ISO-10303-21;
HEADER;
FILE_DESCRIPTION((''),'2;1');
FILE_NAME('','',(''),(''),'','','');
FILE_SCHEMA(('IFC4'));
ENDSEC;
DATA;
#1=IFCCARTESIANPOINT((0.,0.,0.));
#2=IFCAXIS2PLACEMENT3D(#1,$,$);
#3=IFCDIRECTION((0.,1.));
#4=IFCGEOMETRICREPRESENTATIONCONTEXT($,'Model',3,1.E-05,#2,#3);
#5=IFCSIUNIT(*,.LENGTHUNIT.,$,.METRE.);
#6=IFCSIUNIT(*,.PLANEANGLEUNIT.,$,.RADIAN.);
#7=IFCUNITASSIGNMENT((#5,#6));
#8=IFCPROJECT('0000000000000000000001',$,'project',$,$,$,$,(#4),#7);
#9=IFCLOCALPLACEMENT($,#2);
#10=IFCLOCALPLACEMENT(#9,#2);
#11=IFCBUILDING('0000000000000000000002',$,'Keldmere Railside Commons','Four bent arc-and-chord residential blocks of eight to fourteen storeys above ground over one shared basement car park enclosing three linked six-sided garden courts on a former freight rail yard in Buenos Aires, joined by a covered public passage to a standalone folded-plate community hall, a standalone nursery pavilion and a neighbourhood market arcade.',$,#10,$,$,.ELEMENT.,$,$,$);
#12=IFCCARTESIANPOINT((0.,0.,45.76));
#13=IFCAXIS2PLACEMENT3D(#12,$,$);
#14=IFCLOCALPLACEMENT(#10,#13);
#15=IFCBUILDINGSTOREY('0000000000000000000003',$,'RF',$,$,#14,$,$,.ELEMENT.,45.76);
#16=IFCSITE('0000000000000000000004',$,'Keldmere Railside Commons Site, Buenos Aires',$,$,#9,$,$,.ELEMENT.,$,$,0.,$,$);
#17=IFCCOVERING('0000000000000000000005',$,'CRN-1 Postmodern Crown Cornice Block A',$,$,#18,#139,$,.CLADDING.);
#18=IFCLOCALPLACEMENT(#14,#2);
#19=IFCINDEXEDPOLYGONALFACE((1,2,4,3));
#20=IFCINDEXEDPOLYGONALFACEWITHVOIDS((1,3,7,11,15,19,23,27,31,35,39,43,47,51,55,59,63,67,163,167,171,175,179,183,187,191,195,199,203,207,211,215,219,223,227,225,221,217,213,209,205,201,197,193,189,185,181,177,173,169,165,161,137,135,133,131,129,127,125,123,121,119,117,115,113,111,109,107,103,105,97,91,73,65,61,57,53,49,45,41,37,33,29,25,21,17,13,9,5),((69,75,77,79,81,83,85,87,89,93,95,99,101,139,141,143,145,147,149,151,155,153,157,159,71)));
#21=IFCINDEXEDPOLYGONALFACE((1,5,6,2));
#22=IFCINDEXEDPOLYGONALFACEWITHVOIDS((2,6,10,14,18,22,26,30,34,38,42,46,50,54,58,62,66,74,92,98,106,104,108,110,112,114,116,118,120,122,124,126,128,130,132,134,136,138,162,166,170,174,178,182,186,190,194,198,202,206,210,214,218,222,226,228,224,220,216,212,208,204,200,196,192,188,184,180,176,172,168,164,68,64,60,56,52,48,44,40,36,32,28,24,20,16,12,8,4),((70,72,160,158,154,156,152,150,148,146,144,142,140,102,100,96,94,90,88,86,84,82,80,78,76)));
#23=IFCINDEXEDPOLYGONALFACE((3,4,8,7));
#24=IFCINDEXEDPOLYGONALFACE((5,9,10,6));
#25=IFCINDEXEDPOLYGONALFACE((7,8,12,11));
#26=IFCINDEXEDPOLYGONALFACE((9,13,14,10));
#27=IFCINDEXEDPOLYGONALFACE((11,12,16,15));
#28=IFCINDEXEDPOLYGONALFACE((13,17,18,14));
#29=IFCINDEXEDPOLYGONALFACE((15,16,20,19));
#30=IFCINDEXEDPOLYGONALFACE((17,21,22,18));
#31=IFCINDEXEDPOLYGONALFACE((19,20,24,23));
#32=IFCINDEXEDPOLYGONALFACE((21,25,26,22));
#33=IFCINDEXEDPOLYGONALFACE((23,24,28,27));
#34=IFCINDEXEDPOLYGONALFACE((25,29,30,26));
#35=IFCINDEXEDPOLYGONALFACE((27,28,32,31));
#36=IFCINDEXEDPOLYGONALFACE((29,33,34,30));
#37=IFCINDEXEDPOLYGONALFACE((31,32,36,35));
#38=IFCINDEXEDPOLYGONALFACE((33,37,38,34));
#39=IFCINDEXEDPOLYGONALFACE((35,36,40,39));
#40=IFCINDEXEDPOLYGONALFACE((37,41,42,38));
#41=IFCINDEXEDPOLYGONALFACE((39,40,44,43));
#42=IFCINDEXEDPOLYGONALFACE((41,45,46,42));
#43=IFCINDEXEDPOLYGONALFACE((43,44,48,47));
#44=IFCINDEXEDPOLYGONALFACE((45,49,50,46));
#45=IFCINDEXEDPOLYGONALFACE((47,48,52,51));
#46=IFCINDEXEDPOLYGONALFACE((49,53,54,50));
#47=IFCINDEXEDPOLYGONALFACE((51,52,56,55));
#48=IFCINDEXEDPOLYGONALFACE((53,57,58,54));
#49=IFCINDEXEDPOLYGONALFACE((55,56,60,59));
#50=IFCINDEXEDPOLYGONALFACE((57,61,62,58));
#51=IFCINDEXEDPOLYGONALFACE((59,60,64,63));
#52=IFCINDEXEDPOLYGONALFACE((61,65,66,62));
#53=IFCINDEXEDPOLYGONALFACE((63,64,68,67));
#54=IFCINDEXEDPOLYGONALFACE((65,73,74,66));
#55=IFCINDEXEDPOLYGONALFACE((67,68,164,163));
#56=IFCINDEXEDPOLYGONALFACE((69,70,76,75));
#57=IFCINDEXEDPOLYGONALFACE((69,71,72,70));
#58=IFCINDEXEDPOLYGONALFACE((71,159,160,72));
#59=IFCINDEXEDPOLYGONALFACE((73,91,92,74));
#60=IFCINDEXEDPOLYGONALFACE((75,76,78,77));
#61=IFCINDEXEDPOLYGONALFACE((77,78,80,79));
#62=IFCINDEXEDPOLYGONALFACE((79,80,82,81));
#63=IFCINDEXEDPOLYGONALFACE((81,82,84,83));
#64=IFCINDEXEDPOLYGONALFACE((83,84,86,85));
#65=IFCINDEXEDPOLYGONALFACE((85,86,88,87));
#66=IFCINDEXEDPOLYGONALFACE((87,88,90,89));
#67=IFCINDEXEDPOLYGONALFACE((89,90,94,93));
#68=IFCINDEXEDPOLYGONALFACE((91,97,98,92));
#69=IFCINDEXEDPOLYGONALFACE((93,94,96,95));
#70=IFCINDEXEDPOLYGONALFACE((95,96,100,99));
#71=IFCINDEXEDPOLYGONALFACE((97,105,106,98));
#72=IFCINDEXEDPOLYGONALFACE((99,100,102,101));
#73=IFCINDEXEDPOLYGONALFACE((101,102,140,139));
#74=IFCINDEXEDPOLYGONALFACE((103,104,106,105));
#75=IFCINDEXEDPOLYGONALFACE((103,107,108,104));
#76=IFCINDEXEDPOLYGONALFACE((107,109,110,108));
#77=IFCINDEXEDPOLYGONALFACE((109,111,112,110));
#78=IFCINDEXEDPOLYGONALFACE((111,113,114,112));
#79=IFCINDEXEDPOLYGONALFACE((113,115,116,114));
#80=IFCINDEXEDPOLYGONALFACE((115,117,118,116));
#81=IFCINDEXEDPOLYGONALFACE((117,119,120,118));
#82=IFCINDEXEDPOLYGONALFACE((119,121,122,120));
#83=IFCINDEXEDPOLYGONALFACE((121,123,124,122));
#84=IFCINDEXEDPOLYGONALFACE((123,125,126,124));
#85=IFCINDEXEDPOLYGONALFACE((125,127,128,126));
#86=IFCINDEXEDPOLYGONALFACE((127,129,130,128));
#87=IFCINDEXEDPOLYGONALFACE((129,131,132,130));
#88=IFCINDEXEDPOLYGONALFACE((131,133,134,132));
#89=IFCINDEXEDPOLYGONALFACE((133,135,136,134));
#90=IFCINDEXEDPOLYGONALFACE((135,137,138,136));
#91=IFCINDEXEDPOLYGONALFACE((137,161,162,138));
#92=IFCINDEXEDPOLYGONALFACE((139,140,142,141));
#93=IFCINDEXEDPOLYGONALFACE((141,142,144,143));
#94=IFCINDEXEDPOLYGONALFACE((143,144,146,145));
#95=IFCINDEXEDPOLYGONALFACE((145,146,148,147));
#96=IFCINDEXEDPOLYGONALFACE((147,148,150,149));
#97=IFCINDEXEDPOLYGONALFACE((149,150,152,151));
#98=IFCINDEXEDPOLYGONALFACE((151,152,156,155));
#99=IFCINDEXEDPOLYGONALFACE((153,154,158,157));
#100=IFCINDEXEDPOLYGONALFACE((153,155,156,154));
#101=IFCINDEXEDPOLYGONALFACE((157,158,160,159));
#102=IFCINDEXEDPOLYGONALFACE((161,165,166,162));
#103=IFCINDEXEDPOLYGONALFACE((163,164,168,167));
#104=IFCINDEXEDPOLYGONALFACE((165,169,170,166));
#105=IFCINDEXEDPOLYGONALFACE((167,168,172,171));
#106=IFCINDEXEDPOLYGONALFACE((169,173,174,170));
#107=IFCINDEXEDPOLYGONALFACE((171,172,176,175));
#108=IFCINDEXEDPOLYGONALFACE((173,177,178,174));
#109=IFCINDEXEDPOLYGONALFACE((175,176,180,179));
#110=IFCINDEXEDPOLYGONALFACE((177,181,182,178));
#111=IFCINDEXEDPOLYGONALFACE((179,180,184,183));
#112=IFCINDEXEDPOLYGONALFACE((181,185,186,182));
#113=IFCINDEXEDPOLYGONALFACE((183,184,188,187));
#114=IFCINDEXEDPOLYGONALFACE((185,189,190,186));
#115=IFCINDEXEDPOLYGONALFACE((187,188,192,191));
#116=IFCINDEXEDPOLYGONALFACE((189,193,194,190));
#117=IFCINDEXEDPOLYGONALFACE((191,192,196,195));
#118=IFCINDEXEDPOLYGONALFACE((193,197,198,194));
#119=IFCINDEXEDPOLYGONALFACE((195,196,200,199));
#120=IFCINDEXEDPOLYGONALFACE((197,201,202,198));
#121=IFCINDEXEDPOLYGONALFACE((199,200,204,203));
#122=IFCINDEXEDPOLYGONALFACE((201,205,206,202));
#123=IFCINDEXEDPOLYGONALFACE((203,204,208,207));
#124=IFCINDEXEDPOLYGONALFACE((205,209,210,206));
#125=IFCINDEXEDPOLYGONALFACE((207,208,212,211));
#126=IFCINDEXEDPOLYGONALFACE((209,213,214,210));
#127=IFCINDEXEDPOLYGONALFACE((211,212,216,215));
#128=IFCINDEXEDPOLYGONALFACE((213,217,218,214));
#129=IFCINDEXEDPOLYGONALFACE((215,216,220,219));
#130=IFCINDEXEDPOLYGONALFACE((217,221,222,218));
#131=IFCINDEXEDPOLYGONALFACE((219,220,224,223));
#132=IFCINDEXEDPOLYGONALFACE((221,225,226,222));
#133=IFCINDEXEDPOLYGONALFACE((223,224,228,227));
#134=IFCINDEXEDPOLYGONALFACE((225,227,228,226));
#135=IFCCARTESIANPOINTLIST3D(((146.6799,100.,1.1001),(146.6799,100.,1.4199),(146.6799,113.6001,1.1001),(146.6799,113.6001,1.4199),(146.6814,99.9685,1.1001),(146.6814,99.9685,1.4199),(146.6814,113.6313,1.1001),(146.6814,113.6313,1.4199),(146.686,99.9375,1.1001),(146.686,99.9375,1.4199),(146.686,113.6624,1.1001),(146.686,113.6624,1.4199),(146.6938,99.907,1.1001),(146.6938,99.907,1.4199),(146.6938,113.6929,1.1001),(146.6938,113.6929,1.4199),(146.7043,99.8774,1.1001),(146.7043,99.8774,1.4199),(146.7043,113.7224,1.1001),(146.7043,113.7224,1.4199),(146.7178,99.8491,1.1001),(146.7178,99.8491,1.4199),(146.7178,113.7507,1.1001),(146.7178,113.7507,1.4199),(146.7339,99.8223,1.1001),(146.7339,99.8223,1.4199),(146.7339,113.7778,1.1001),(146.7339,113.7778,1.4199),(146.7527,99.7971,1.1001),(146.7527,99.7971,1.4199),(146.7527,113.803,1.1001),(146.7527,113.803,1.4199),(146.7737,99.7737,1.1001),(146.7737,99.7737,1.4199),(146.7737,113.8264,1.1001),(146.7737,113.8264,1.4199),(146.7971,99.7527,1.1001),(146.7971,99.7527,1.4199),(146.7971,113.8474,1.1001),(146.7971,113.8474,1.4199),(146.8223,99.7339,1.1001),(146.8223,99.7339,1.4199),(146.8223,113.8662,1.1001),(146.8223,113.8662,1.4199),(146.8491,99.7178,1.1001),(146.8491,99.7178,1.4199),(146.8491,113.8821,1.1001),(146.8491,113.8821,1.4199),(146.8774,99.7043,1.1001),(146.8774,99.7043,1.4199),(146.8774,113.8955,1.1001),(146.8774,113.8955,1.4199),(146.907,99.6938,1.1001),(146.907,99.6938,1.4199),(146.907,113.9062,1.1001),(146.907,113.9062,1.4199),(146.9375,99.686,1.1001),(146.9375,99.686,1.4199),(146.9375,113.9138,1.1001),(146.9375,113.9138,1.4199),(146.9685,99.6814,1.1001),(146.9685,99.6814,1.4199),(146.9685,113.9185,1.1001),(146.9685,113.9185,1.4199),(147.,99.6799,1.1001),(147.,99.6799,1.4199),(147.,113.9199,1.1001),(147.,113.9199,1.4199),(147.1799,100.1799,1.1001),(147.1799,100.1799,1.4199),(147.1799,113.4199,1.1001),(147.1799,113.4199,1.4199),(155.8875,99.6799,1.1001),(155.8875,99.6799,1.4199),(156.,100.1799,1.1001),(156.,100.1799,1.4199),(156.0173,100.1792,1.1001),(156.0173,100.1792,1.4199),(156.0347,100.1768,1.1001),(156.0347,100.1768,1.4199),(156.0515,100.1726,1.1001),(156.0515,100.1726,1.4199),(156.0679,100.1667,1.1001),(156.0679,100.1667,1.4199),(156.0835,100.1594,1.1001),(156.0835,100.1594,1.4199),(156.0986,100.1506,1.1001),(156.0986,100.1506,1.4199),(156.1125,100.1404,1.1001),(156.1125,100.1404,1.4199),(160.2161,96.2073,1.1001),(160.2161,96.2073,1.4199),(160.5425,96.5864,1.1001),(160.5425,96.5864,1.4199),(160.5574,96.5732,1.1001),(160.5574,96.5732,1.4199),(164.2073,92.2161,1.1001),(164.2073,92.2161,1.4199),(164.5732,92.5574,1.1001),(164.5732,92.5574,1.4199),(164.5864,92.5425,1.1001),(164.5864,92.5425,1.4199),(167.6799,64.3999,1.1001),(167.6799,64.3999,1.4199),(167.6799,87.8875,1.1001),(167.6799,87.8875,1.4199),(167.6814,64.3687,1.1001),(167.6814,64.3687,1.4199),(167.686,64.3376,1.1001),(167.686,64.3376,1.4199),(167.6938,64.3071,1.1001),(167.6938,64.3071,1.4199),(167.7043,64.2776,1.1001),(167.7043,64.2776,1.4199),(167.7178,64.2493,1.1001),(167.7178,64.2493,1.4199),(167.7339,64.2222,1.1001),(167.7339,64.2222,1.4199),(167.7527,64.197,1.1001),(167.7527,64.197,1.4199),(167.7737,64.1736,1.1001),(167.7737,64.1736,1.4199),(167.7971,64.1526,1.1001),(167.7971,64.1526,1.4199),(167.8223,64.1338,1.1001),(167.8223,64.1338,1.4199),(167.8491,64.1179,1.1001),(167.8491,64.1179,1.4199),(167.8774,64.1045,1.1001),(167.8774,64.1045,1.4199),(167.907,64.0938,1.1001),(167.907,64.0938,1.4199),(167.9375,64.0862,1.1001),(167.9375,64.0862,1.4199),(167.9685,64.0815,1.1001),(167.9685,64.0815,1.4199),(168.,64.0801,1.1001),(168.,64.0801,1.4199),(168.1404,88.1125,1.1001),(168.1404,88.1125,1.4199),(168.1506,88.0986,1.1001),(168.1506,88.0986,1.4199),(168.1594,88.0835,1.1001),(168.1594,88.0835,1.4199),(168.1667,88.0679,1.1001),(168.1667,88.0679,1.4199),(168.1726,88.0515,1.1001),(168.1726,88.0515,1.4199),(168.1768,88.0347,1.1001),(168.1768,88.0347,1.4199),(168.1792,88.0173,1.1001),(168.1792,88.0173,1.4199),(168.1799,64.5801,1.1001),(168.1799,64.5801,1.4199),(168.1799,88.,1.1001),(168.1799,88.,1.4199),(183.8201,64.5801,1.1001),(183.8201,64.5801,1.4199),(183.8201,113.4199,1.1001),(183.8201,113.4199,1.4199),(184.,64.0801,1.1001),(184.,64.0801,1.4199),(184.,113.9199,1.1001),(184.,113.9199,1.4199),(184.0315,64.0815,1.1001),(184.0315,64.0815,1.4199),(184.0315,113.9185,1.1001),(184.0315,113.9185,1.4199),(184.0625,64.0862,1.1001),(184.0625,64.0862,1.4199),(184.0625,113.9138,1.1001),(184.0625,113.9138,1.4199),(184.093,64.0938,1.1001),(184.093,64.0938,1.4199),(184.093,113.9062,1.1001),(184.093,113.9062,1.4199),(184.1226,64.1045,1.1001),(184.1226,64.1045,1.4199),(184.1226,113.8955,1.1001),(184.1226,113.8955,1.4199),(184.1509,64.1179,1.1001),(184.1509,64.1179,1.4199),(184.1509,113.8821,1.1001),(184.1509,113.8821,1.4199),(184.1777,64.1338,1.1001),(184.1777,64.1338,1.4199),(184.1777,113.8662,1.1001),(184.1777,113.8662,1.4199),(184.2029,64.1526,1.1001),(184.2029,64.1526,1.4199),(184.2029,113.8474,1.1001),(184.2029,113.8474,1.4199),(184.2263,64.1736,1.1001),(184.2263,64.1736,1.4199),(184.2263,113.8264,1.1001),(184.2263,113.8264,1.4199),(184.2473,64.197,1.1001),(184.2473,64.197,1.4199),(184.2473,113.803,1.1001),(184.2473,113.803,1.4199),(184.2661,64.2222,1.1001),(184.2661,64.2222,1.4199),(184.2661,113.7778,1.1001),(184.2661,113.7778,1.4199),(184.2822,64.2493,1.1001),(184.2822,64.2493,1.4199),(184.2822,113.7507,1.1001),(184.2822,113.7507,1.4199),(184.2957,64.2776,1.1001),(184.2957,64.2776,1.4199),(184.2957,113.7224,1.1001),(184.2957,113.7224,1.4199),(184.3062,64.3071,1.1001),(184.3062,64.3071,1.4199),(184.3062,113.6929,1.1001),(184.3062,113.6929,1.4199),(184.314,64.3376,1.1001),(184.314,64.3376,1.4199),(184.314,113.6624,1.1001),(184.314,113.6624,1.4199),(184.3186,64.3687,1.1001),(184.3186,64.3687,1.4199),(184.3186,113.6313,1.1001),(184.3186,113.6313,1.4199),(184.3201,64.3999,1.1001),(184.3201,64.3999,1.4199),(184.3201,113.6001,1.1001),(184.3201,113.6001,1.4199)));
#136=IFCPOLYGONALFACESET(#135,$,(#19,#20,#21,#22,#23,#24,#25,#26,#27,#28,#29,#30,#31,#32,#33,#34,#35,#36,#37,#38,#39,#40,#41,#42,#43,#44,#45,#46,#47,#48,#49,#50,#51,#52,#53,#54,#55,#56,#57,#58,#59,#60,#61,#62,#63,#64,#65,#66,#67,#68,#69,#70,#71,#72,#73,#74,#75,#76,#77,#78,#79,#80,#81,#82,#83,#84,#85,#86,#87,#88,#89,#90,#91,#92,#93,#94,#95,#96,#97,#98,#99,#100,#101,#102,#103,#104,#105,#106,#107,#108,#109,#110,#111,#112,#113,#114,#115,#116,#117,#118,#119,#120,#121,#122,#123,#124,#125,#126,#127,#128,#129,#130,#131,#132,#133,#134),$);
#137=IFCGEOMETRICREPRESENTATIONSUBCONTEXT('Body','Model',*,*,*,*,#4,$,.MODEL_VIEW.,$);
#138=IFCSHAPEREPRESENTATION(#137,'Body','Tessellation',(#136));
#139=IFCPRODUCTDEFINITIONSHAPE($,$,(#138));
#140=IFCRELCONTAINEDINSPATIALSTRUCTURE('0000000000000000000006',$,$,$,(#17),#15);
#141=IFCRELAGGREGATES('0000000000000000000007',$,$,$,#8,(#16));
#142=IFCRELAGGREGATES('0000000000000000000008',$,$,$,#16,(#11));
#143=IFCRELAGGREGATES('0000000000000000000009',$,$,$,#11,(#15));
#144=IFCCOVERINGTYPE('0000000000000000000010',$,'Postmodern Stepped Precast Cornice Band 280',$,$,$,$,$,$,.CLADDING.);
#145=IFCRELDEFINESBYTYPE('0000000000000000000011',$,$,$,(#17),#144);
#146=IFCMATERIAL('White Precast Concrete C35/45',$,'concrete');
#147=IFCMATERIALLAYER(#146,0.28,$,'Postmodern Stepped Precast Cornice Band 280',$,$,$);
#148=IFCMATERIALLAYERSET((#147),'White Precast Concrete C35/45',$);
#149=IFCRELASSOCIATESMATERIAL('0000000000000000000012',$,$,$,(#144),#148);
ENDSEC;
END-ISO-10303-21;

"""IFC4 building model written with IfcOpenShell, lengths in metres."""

from ifc_helpers import new_model, si_unit, direction, frame, origin, place, context, subcontext, project, spatial, polyline, outline, extrude, material, layer, layer_set, type_object, element, save


model = new_model("IFC4")

# Units and contexts
model_context = context("Model", 3, precision=1e-05, world=origin(), true_north=direction((0.0, 1.0)))
body_context = subcontext(model_context, "Body", "Model", "MODEL_VIEW")
ifc_project = project(units=[si_unit("LENGTHUNIT", "METRE"), si_unit("PLANEANGLEUNIT", "RADIAN")], contexts=[model_context])

# Site, building, storey
site_placement = place(None, origin())
site = spatial("IfcSite", under=ifc_project, at=site_placement, Name="Keldmere Railside Commons Site, Buenos Aires", CompositionType="ELEMENT", RefElevation=0.0)
building_placement = place(site_placement, origin())
building = spatial("IfcBuilding", under=site, at=building_placement, Name="Keldmere Railside Commons", Description="Four bent arc-and-chord residential blocks of eight to fourteen storeys above ground over one shared basement car park enclosing three linked six-sided garden courts on a former freight rail yard in Buenos Aires, joined by a covered public passage to a standalone folded-plate community hall, a standalone nursery pavilion and a neighbourhood market arcade.", CompositionType="ELEMENT")
storey_placement = place(building_placement, frame((0.0, 0.0, 45.76)))
storey = spatial("IfcBuildingStorey", under=building, at=storey_placement, Name="RF", CompositionType="ELEMENT", Elevation=45.76)

# Covering
ifc_material_1 = material(Name="White Precast Concrete C35/45", Category="concrete")
ifc_layer_1 = layer(ifc_material_1, 0.28, Name="Postmodern Stepped Precast Cornice Band 280")
ifc_layer_set_1 = layer_set([ifc_layer_1], Name="White Precast Concrete C35/45")
covering_type_1 = type_object("IfcCoveringType", Name="Postmodern Stepped Precast Cornice Band 280", PredefinedType="CLADDING", material=ifc_layer_set_1)
covering_1_placement = place(storey_placement, frame((0.0, 0.0, 1.1001)))
element("IfcCovering", 1, at=covering_1_placement, inside=storey, type_object=covering_type_1, Name="CRN-1 Postmodern Crown Cornice Block A", PredefinedType="CLADDING", context=body_context, shape_type="SweptSolid", body=[
    extrude(outline(polyline([(167.6799, 87.8875), (164.2073, 92.2161), (160.2161, 96.2073), (155.8875, 99.6799), (147.0, 99.6799), (146.9685, 99.6814), (146.9375, 99.686), (146.907, 99.6938), (146.8774, 99.7043), (146.8491, 99.7178), (146.8223, 99.7339), (146.7971, 99.7527), (146.7737, 99.7737), (146.7527, 99.7971), (146.7339, 99.8223), (146.7178, 99.8491), (146.7043, 99.8774), (146.6938, 99.907), (146.686, 99.9375), (146.6814, 99.9685), (146.6799, 100.0), (146.6799, 113.6001), (146.6814, 113.6313), (146.686, 113.6624), (146.6938, 113.6929), (146.7043, 113.7224), (146.7178, 113.7507), (146.7339, 113.7778), (146.7527, 113.803), (146.7737, 113.8264), (146.7971, 113.8474), (146.8223, 113.8662), (146.8491, 113.8821), (146.8774, 113.8955), (146.907, 113.9062), (146.9375, 113.9138), (146.9685, 113.9185), (147.0, 113.9199), (184.0, 113.9199), (184.0315, 113.9185), (184.0625, 113.9138), (184.093, 113.9062), (184.1226, 113.8955), (184.1509, 113.8821), (184.1777, 113.8662), (184.2029, 113.8474), (184.2263, 113.8264), (184.2473, 113.803), (184.2661, 113.7778), (184.2822, 113.7507), (184.2957, 113.7224), (184.3062, 113.6929), (184.314, 113.6624), (184.3186, 113.6313), (184.3201, 113.6001), (184.3201, 64.3999), (184.3186, 64.3687), (184.314, 64.3376), (184.3062, 64.3071), (184.2957, 64.2776), (184.2822, 64.2493), (184.2661, 64.2222), (184.2473, 64.197), (184.2263, 64.1736), (184.2029, 64.1526), (184.1777, 64.1338), (184.1509, 64.1179), (184.1226, 64.1045), (184.093, 64.0938), (184.0625, 64.0862), (184.0315, 64.0815), (184.0, 64.0801), (168.0, 64.0801), (167.9685, 64.0815), (167.9375, 64.0862), (167.907, 64.0938), (167.8774, 64.1045), (167.8491, 64.1179), (167.8223, 64.1338), (167.7971, 64.1526), (167.7737, 64.1736), (167.7527, 64.197), (167.7339, 64.2222), (167.7178, 64.2493), (167.7043, 64.2776), (167.6938, 64.3071), (167.686, 64.3376), (167.6814, 64.3687), (167.6799, 64.3999), (167.6799, 87.8875)]), holes=[polyline([(168.1799, 64.5801), (168.1799, 88.0), (168.1792, 88.0173), (168.1768, 88.0347), (168.1726, 88.0515), (168.1667, 88.0679), (168.1594, 88.0835), (168.1506, 88.0986), (168.1404, 88.1125), (164.5864, 92.5425), (164.5732, 92.5574), (160.5574, 96.5732), (160.5425, 96.5864), (156.1125, 100.1404), (156.0986, 100.1506), (156.0835, 100.1594), (156.0679, 100.1667), (156.0515, 100.1726), (156.0347, 100.1768), (156.0173, 100.1792), (156.0, 100.1799), (147.1799, 100.1799), (147.1799, 113.4199), (183.8201, 113.4199), (183.8201, 64.5801), (168.1799, 64.5801)])]), origin(), (0.0, 0.0, 1.0), 0.3198),
])

save(model, "model.ifc")
